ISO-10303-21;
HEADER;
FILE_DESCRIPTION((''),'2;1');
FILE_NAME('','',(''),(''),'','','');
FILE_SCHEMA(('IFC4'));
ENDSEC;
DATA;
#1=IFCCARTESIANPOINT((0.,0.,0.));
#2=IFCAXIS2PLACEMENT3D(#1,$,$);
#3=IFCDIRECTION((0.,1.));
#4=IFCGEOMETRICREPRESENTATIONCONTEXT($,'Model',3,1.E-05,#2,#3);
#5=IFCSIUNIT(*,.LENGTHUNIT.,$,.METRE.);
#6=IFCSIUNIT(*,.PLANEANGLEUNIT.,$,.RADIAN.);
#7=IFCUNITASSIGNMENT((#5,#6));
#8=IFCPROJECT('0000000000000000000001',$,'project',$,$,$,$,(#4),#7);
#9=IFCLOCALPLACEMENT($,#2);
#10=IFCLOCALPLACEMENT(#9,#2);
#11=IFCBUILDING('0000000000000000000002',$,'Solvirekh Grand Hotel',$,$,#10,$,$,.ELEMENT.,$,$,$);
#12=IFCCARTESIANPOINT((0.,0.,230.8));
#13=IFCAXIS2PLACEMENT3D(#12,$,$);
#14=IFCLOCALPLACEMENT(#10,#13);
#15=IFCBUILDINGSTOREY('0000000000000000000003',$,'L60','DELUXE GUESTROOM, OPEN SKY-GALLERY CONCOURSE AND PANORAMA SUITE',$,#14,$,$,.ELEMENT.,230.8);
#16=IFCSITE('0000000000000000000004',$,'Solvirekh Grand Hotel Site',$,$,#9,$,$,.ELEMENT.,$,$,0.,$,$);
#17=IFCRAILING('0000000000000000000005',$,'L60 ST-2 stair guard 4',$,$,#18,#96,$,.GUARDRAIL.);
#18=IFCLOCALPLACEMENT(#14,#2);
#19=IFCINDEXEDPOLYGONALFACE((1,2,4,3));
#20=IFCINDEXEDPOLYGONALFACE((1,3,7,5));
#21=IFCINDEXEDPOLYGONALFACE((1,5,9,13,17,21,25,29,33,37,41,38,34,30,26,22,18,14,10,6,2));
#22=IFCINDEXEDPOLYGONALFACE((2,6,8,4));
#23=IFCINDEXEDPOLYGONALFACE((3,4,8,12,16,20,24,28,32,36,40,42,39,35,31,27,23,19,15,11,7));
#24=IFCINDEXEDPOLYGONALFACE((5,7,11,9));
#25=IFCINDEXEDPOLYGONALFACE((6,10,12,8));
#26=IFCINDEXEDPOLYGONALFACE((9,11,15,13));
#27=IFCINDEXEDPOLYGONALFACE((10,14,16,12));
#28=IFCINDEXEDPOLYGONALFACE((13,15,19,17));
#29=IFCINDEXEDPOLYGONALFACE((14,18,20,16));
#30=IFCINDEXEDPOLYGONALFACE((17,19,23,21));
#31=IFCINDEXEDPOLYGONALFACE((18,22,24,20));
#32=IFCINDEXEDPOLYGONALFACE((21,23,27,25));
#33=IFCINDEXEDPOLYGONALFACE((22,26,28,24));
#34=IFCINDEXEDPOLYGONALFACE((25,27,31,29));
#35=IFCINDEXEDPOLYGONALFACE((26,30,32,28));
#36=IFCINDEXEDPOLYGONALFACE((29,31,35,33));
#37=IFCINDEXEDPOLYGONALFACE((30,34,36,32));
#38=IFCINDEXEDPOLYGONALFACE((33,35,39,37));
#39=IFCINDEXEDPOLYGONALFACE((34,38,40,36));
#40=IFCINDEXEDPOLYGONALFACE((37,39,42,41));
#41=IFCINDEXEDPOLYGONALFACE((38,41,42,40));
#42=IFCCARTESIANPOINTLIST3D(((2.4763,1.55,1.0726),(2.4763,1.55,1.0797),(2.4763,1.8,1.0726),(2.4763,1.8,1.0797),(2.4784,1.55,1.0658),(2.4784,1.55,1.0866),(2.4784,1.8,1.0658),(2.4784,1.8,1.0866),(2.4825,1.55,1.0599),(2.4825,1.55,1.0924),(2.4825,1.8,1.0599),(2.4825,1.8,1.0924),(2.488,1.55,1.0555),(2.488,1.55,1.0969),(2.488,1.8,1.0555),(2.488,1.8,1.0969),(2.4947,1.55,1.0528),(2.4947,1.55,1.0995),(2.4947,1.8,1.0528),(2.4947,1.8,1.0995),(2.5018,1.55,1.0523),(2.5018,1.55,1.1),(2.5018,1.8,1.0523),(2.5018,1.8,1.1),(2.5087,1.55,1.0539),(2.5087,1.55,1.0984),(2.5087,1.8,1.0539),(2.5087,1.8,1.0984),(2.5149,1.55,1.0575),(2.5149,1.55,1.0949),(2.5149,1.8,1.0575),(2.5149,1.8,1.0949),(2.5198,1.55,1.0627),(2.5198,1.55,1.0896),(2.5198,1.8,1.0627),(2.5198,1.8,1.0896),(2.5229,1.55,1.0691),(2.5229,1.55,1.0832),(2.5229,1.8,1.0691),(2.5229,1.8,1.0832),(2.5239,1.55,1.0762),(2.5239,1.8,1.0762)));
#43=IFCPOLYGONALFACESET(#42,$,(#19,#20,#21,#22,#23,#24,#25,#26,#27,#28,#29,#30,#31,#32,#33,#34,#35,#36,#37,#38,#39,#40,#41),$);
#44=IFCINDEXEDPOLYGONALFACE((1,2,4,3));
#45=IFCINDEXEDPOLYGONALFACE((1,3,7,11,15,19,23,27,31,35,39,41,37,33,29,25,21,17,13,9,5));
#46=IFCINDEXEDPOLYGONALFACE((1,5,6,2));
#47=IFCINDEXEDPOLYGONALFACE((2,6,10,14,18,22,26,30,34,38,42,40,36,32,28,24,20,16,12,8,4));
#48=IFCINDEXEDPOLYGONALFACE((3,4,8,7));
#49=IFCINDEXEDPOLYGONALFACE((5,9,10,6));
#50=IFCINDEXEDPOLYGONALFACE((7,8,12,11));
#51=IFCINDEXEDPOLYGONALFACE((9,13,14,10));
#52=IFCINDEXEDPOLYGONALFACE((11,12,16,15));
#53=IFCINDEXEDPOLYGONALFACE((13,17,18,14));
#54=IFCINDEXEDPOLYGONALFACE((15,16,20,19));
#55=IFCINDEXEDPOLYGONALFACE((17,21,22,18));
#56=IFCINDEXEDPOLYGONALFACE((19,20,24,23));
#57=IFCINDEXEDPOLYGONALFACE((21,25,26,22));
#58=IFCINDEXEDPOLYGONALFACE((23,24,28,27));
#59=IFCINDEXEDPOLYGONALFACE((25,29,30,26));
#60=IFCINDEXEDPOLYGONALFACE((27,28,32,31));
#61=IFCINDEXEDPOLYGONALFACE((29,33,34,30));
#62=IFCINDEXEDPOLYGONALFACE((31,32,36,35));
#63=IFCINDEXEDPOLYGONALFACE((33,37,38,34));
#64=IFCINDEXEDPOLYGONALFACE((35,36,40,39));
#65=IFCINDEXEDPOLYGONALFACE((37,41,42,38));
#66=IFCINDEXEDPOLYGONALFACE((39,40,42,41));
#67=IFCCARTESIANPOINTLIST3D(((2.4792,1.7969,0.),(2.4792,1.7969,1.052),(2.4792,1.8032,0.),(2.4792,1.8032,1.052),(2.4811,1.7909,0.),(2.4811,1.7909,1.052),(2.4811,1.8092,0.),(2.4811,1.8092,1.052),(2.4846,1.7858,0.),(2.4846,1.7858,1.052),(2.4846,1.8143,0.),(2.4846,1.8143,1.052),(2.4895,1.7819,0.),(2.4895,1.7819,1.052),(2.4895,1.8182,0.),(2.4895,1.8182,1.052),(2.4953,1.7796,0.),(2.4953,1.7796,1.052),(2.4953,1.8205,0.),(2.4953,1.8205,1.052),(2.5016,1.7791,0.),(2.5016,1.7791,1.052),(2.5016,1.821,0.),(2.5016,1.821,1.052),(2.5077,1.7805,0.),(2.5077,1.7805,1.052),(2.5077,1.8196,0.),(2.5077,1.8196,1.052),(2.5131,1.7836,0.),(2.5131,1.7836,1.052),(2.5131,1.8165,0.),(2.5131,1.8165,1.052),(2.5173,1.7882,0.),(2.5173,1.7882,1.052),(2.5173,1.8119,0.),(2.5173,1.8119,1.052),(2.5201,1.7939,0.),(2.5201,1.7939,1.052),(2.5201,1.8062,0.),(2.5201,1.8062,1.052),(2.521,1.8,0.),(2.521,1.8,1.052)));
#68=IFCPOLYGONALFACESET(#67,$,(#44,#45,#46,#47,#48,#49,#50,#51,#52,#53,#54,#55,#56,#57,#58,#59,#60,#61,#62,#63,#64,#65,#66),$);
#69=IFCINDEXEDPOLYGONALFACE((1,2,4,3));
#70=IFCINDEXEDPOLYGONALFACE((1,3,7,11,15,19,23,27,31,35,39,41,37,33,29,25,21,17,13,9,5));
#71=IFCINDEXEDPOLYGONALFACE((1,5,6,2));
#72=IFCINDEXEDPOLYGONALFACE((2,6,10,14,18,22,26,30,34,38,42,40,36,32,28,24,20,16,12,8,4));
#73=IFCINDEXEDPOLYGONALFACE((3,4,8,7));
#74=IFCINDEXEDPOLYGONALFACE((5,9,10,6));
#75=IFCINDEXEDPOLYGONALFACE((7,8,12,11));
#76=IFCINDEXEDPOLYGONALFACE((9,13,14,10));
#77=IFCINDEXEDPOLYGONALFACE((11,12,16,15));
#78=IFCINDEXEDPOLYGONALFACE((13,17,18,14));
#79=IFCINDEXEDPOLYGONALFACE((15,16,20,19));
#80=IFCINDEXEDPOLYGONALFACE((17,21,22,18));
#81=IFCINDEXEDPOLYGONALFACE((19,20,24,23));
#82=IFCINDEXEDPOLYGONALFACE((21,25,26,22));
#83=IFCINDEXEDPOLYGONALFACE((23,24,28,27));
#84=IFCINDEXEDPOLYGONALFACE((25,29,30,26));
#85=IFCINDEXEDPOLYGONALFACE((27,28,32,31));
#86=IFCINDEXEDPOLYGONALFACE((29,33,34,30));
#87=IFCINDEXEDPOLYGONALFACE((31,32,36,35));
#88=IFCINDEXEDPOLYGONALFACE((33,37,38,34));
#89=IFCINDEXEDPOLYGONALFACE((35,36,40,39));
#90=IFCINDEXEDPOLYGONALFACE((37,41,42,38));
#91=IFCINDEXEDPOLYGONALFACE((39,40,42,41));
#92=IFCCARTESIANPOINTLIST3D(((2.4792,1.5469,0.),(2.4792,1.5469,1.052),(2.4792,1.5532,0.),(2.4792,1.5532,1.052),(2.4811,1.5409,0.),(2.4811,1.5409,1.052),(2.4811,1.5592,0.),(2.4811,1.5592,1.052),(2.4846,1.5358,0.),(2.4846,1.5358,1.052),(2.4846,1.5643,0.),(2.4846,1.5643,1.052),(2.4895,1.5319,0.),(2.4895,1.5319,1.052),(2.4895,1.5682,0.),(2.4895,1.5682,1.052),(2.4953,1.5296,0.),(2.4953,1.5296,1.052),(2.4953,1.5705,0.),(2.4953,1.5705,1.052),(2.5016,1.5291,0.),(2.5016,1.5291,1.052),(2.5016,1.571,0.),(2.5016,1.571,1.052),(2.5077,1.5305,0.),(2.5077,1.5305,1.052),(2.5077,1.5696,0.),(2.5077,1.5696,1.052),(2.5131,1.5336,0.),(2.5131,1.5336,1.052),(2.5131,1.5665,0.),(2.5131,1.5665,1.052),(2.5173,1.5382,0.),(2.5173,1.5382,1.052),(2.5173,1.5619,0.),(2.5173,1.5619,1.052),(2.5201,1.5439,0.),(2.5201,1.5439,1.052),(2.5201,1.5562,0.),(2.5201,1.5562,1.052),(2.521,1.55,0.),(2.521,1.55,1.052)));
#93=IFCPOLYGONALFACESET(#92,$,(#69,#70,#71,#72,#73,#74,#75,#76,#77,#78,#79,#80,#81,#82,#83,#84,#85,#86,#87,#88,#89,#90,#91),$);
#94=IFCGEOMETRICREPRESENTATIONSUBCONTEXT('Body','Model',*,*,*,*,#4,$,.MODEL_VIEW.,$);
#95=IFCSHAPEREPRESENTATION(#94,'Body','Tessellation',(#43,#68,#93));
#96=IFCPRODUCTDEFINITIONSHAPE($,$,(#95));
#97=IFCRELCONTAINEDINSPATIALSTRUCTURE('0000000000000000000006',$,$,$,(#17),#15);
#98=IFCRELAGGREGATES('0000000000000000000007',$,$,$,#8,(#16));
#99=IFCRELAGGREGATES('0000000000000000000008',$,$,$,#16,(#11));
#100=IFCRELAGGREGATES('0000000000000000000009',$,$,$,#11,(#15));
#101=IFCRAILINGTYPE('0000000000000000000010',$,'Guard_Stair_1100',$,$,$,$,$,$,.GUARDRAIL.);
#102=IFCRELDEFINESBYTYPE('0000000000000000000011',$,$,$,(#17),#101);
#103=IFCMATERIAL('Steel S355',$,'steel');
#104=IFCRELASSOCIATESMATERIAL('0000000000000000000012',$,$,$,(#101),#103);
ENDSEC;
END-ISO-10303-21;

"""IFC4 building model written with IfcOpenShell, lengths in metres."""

from ifc_helpers import new_model, si_unit, direction, frame, origin, origin_2d, place, context, subcontext, project, spatial, circle, extrude, material, type_object, element, save


model = new_model("IFC4")

# Units and contexts
model_context = context("Model", 3, precision=1e-05, world=origin(), true_north=direction((0.0, 1.0)))
body_context = subcontext(model_context, "Body", "Model", "MODEL_VIEW")
ifc_project = project(units=[si_unit("LENGTHUNIT", "METRE"), si_unit("PLANEANGLEUNIT", "RADIAN")], contexts=[model_context])

# Site, building, storey
site_placement = place(None, origin())
site = spatial("IfcSite", under=ifc_project, at=site_placement, Name="Solvirekh Grand Hotel Site", CompositionType="ELEMENT", RefElevation=0.0)
building_placement = place(site_placement, origin())
building = spatial("IfcBuilding", under=site, at=building_placement, Name="Solvirekh Grand Hotel", CompositionType="ELEMENT")
storey_placement = place(building_placement, frame((0.0, 0.0, 230.8)))
storey = spatial("IfcBuildingStorey", under=building, at=storey_placement, Name="L60", Description="DELUXE GUESTROOM, OPEN SKY-GALLERY CONCOURSE AND PANORAMA SUITE", CompositionType="ELEMENT", Elevation=230.8)

# Railing
ifc_material_1 = material(Name="Steel S355", Category="steel")
railing_type_1 = type_object("IfcRailingType", Name="Guard_Stair_1100", PredefinedType="GUARDRAIL", material=ifc_material_1)
railing_1_placement = place(storey_placement, frame((2.5, 1.8, 0.0)))
element("IfcRailing", 1, at=railing_1_placement, inside=storey, type_object=railing_type_1, Name="L60 ST-2 stair guard 4", PredefinedType="GUARDRAIL", context=body_context, shape_type="SweptSolid", body=[
    extrude(circle(Radius=0.0239, at=origin_2d()), frame((0.0, 0.0, 1.0762), z_axis=(0.0, -1.0, 0.0), x_axis=(1.0, 0.0, 0.0)), (0.0, 0.0, 1.0), 0.25),
    extrude(circle(Radius=0.021, at=origin_2d()), origin(), (0.0, 0.0, 1.0), 1.052),
    extrude(circle(Radius=0.021, at=origin_2d()), frame((0.0, -0.25, 0.0)), (0.0, 0.0, 1.0), 1.052),
])

save(model, "model.ifc")
